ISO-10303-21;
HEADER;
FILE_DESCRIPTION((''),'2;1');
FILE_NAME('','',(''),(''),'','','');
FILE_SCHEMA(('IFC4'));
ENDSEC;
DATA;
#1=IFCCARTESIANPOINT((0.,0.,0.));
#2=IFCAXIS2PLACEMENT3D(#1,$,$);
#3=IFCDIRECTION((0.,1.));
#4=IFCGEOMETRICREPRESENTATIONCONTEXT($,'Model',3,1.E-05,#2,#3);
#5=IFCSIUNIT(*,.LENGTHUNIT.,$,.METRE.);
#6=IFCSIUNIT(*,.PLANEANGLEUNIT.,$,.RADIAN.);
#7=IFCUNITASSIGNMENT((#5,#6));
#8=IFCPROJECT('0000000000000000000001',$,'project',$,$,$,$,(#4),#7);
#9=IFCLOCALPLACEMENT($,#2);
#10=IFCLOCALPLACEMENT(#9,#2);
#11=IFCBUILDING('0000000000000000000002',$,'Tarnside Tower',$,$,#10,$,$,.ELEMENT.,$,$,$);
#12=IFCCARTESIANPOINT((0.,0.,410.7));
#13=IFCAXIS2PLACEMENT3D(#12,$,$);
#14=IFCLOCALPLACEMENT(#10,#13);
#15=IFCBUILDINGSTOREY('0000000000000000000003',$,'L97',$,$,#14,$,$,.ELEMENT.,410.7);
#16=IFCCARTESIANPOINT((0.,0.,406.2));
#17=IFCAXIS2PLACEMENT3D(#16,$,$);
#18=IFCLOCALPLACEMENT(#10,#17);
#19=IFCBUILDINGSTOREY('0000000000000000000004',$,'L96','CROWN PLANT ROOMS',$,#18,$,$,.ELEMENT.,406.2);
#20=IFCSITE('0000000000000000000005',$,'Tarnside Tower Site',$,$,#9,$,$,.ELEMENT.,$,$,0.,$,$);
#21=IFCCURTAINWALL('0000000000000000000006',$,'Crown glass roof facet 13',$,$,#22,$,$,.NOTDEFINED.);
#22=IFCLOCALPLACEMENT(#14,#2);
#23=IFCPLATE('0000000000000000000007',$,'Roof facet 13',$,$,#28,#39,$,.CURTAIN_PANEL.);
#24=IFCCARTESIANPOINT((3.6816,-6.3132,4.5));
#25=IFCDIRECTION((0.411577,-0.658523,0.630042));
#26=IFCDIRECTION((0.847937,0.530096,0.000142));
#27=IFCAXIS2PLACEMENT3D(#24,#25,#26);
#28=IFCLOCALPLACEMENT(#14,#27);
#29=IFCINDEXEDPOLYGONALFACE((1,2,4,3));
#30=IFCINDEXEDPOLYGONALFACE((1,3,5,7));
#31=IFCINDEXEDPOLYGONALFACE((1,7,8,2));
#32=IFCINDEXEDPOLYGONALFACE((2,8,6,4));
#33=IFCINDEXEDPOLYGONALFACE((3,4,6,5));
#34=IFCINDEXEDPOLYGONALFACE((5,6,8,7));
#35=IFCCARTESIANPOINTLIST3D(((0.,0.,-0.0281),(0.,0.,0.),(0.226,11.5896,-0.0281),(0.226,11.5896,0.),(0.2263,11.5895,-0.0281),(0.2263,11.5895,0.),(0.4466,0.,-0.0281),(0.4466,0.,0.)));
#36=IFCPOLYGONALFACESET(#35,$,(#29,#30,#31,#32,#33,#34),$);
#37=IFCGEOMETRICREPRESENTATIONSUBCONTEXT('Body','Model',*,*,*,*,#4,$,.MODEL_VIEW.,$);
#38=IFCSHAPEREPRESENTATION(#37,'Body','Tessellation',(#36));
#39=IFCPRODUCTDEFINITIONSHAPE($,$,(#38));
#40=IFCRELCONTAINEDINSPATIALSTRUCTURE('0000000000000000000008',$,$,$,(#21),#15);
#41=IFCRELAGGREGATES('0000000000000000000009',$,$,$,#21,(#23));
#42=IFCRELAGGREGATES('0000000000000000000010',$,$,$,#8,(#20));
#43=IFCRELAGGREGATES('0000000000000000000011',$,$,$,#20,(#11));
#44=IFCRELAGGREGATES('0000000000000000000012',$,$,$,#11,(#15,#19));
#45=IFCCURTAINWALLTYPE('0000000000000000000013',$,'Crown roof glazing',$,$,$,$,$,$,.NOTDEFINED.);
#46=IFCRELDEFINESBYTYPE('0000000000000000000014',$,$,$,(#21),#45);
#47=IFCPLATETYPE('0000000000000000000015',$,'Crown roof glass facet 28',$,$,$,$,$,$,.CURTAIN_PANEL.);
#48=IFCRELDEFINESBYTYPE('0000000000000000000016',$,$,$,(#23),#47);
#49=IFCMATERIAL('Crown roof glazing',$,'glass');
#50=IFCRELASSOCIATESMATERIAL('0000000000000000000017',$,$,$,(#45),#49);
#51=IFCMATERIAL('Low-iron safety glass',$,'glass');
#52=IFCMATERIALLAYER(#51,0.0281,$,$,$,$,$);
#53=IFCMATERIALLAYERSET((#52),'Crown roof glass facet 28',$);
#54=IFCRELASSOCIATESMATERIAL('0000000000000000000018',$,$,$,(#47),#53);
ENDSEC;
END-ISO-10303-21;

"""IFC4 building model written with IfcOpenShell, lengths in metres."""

from ifc_helpers import new_model, si_unit, direction, frame, origin, place, context, subcontext, project, spatial, polyline, outline, extrude, material, layer, layer_set, type_object, element, aggregate, save


model = new_model("IFC4")

# Units and contexts
model_context = context("Model", 3, precision=1e-05, world=origin(), true_north=direction((0.0, 1.0)))
body_context = subcontext(model_context, "Body", "Model", "MODEL_VIEW")
ifc_project = project(units=[si_unit("LENGTHUNIT", "METRE"), si_unit("PLANEANGLEUNIT", "RADIAN")], contexts=[model_context])

# Site, building, storey
site_placement = place(None, origin())
site = spatial("IfcSite", under=ifc_project, at=site_placement, Name="Tarnside Tower Site", CompositionType="ELEMENT", RefElevation=0.0)
building_placement = place(site_placement, origin())
building = spatial("IfcBuilding", under=site, at=building_placement, Name="Tarnside Tower", CompositionType="ELEMENT")
storey_1_placement = place(building_placement, frame((0.0, 0.0, 410.7)))
storey_1 = spatial("IfcBuildingStorey", under=building, at=storey_1_placement, Name="L97", CompositionType="ELEMENT", Elevation=410.7)

# Shared definitions
ifc_material_1 = material(Name="Low-iron safety glass", Category="glass")

# Curtain wall, plate
ifc_material_2 = material(Name="Crown roof glazing", Category="glass")
curtain_wall_type_1 = type_object("IfcCurtainWallType", Name="Crown roof glazing", PredefinedType="NOTDEFINED", material=ifc_material_2)
ifc_layer_1 = layer(ifc_material_1, 0.0281)
ifc_layer_set_1 = layer_set([ifc_layer_1], Name="Crown roof glass facet 28")
plate_type_1 = type_object("IfcPlateType", Name="Crown roof glass facet 28", PredefinedType="CURTAIN_PANEL", material=ifc_layer_set_1)
curtain_wall_1_placement = place(storey_1_placement, origin())
curtain_wall_1 = element("IfcCurtainWall", 1, at=curtain_wall_1_placement, inside=storey_1, type_object=curtain_wall_type_1, Name="Crown glass roof facet 13", PredefinedType="NOTDEFINED")
plate_1_placement = place(storey_1_placement, frame((3.6816, -6.3132, 4.5), z_axis=(0.411577, -0.658523, 0.630042), x_axis=(0.847937, 0.530096, 0.000142)))
plate_1 = element("IfcPlate", 2, at=plate_1_placement, type_object=plate_type_1, Name="Roof facet 13", PredefinedType="CURTAIN_PANEL", context=body_context, shape_type="SweptSolid", body=[
    extrude(outline(polyline([(0.0, 0.0), (0.4466, 0.0), (0.2263, 11.5895), (0.226, 11.5896), (0.0, 0.0)])), origin(), (0.0, 0.0, -1.0), 0.0281),
])
aggregate(curtain_wall_1, [plate_1])

# Shared definitions
storey_2_placement = place(building_placement, frame((0.0, 0.0, 406.2)))
storey_2 = spatial("IfcBuildingStorey", under=building, at=storey_2_placement, Name="L96", Description="CROWN PLANT ROOMS", CompositionType="ELEMENT", Elevation=406.2)

save(model, "model.ifc")
